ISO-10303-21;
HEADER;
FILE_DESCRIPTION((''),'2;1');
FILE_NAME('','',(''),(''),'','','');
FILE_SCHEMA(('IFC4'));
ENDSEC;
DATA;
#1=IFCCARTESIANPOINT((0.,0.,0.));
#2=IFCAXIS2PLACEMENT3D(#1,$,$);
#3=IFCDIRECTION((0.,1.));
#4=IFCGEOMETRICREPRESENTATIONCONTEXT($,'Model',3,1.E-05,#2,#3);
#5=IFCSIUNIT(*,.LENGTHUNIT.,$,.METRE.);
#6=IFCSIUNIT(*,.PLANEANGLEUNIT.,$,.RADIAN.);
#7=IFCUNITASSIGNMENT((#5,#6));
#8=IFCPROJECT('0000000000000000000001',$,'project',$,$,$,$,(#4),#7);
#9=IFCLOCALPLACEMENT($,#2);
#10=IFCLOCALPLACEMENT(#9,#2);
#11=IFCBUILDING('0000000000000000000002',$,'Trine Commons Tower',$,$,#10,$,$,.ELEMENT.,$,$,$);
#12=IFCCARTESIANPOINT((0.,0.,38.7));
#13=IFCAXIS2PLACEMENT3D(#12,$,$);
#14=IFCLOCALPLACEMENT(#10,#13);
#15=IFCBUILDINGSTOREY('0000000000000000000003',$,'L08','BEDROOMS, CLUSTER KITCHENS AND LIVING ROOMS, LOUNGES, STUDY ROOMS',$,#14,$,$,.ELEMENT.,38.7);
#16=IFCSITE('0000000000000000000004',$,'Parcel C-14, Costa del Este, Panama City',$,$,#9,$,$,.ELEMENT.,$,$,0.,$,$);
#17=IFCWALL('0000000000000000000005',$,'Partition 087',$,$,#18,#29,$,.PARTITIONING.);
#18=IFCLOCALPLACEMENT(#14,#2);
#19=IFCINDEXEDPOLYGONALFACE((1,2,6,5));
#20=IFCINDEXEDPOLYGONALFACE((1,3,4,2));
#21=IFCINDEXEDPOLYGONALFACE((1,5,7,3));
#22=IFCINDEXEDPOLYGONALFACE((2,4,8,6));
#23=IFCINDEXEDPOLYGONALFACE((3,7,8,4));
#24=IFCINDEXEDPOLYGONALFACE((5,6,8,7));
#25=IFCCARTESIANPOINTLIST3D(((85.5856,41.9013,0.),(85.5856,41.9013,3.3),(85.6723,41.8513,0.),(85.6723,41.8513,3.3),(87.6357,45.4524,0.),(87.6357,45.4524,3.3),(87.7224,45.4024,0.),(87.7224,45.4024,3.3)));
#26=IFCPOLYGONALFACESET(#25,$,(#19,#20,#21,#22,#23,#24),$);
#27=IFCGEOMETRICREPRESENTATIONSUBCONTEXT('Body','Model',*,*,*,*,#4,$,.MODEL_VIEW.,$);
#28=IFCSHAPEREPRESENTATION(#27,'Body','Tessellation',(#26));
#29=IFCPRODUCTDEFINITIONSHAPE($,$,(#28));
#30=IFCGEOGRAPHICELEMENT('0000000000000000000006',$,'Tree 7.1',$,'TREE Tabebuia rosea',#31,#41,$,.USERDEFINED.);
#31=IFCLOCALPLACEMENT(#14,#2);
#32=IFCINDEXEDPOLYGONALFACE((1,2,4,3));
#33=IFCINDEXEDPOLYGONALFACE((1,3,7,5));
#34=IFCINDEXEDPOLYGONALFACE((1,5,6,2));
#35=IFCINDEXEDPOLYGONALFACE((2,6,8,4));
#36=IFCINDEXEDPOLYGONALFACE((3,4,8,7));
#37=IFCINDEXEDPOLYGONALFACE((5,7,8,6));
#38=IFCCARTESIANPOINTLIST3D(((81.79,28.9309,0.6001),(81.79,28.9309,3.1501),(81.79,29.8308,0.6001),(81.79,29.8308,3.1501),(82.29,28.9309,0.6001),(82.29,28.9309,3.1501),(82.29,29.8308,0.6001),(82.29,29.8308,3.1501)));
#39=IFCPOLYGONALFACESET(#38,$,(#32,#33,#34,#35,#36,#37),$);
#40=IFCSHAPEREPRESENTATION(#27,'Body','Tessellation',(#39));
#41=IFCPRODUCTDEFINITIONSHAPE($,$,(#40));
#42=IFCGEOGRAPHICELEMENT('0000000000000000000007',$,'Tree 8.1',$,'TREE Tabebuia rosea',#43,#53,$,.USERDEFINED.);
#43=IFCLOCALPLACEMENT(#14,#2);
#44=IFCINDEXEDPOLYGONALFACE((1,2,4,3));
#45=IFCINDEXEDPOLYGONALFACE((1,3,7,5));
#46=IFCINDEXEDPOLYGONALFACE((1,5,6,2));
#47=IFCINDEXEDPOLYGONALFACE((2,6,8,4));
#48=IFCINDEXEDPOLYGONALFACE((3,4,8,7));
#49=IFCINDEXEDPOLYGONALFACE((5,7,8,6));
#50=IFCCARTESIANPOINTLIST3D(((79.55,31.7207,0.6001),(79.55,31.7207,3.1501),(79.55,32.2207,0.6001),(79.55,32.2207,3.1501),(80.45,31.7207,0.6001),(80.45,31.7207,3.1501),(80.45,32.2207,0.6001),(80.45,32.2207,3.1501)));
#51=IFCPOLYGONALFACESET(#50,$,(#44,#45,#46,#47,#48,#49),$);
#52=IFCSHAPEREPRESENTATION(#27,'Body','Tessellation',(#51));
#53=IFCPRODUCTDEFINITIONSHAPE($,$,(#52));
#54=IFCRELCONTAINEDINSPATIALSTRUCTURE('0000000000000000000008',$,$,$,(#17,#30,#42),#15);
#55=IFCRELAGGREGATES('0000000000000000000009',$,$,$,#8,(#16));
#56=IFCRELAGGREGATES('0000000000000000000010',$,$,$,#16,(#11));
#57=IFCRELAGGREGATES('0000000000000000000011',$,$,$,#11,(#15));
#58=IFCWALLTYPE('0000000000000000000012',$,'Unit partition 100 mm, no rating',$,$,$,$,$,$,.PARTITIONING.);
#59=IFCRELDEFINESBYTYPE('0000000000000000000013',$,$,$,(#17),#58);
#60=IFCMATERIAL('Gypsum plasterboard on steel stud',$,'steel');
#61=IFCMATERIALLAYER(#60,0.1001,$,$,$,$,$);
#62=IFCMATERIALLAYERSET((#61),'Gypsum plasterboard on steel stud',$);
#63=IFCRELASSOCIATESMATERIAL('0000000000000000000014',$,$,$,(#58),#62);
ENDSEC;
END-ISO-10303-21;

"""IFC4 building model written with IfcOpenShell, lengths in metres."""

from ifc_helpers import new_model, si_unit, direction, frame, frame_2d, origin, origin_2d, place, context, subcontext, project, spatial, rectangle, extrude, material, layer, layer_set, type_object, element, save


model = new_model("IFC4")

# Units and contexts
model_context = context("Model", 3, precision=1e-05, world=origin(), true_north=direction((0.0, 1.0)))
body_context = subcontext(model_context, "Body", "Model", "MODEL_VIEW")
ifc_project = project(units=[si_unit("LENGTHUNIT", "METRE"), si_unit("PLANEANGLEUNIT", "RADIAN")], contexts=[model_context])

# Site, building, storey
site_placement = place(None, origin())
site = spatial("IfcSite", under=ifc_project, at=site_placement, Name="Parcel C-14, Costa del Este, Panama City", CompositionType="ELEMENT", RefElevation=0.0)
building_placement = place(site_placement, origin())
building = spatial("IfcBuilding", under=site, at=building_placement, Name="Trine Commons Tower", CompositionType="ELEMENT")
storey_placement = place(building_placement, frame((0.0, 0.0, 38.7)))
storey = spatial("IfcBuildingStorey", under=building, at=storey_placement, Name="L08", Description="BEDROOMS, CLUSTER KITCHENS AND LIVING ROOMS, LOUNGES, STUDY ROOMS", CompositionType="ELEMENT", Elevation=38.7)

# Shared definitions
ifc_material_1 = material(Name="Gypsum plasterboard on steel stud", Category="steel")

# Wall
ifc_layer_1 = layer(ifc_material_1, 0.1001)
ifc_layer_set_1 = layer_set([ifc_layer_1], Name="Gypsum plasterboard on steel stud")
wall_type_1 = type_object("IfcWallType", Name="Unit partition 100 mm, no rating", PredefinedType="PARTITIONING", material=ifc_layer_set_1)
wall_1_placement = place(storey_placement, frame((85.6289, 41.8762, 0.0), z_axis=(0.0, 0.0, 1.0), x_axis=(0.499975, 0.86604, 0.0)))
element("IfcWall", 1, at=wall_1_placement, inside=storey, type_object=wall_type_1, Name="Partition 087", PredefinedType="PARTITIONING", context=body_context, shape_type="SweptSolid", body=[
    extrude(rectangle(XDim=4.1003, YDim=0.1001, at=frame_2d((2.0503, 0.0))), origin(), (0.0, 0.0, 1.0), 3.3),
])

# Geographic elements
for number, where, z_axis, x_axis, name in (
    (2, (82.04, 29.3809, 0.6001), (0.0, 0.0, 1.0), (0.0, 1.0, 0.0), "Tree 7.1"),
    (3, (80.0, 31.9707, 0.6001), (0.0, 0.0, 1.0), (-1.0, 0.0, 0.0), "Tree 8.1"),
):
    element("IfcGeographicElement", number, at=place(storey_placement, frame(where, z_axis=z_axis, x_axis=x_axis)), inside=storey, Name=name, ObjectType="TREE Tabebuia rosea", PredefinedType="USERDEFINED", context=body_context, shape_type="SweptSolid", body=[
        extrude(rectangle(XDim=0.8999, YDim=0.5, at=origin_2d()), origin(), (0.0, 0.0, 1.0), 2.55),
    ])

save(model, "model.ifc")
